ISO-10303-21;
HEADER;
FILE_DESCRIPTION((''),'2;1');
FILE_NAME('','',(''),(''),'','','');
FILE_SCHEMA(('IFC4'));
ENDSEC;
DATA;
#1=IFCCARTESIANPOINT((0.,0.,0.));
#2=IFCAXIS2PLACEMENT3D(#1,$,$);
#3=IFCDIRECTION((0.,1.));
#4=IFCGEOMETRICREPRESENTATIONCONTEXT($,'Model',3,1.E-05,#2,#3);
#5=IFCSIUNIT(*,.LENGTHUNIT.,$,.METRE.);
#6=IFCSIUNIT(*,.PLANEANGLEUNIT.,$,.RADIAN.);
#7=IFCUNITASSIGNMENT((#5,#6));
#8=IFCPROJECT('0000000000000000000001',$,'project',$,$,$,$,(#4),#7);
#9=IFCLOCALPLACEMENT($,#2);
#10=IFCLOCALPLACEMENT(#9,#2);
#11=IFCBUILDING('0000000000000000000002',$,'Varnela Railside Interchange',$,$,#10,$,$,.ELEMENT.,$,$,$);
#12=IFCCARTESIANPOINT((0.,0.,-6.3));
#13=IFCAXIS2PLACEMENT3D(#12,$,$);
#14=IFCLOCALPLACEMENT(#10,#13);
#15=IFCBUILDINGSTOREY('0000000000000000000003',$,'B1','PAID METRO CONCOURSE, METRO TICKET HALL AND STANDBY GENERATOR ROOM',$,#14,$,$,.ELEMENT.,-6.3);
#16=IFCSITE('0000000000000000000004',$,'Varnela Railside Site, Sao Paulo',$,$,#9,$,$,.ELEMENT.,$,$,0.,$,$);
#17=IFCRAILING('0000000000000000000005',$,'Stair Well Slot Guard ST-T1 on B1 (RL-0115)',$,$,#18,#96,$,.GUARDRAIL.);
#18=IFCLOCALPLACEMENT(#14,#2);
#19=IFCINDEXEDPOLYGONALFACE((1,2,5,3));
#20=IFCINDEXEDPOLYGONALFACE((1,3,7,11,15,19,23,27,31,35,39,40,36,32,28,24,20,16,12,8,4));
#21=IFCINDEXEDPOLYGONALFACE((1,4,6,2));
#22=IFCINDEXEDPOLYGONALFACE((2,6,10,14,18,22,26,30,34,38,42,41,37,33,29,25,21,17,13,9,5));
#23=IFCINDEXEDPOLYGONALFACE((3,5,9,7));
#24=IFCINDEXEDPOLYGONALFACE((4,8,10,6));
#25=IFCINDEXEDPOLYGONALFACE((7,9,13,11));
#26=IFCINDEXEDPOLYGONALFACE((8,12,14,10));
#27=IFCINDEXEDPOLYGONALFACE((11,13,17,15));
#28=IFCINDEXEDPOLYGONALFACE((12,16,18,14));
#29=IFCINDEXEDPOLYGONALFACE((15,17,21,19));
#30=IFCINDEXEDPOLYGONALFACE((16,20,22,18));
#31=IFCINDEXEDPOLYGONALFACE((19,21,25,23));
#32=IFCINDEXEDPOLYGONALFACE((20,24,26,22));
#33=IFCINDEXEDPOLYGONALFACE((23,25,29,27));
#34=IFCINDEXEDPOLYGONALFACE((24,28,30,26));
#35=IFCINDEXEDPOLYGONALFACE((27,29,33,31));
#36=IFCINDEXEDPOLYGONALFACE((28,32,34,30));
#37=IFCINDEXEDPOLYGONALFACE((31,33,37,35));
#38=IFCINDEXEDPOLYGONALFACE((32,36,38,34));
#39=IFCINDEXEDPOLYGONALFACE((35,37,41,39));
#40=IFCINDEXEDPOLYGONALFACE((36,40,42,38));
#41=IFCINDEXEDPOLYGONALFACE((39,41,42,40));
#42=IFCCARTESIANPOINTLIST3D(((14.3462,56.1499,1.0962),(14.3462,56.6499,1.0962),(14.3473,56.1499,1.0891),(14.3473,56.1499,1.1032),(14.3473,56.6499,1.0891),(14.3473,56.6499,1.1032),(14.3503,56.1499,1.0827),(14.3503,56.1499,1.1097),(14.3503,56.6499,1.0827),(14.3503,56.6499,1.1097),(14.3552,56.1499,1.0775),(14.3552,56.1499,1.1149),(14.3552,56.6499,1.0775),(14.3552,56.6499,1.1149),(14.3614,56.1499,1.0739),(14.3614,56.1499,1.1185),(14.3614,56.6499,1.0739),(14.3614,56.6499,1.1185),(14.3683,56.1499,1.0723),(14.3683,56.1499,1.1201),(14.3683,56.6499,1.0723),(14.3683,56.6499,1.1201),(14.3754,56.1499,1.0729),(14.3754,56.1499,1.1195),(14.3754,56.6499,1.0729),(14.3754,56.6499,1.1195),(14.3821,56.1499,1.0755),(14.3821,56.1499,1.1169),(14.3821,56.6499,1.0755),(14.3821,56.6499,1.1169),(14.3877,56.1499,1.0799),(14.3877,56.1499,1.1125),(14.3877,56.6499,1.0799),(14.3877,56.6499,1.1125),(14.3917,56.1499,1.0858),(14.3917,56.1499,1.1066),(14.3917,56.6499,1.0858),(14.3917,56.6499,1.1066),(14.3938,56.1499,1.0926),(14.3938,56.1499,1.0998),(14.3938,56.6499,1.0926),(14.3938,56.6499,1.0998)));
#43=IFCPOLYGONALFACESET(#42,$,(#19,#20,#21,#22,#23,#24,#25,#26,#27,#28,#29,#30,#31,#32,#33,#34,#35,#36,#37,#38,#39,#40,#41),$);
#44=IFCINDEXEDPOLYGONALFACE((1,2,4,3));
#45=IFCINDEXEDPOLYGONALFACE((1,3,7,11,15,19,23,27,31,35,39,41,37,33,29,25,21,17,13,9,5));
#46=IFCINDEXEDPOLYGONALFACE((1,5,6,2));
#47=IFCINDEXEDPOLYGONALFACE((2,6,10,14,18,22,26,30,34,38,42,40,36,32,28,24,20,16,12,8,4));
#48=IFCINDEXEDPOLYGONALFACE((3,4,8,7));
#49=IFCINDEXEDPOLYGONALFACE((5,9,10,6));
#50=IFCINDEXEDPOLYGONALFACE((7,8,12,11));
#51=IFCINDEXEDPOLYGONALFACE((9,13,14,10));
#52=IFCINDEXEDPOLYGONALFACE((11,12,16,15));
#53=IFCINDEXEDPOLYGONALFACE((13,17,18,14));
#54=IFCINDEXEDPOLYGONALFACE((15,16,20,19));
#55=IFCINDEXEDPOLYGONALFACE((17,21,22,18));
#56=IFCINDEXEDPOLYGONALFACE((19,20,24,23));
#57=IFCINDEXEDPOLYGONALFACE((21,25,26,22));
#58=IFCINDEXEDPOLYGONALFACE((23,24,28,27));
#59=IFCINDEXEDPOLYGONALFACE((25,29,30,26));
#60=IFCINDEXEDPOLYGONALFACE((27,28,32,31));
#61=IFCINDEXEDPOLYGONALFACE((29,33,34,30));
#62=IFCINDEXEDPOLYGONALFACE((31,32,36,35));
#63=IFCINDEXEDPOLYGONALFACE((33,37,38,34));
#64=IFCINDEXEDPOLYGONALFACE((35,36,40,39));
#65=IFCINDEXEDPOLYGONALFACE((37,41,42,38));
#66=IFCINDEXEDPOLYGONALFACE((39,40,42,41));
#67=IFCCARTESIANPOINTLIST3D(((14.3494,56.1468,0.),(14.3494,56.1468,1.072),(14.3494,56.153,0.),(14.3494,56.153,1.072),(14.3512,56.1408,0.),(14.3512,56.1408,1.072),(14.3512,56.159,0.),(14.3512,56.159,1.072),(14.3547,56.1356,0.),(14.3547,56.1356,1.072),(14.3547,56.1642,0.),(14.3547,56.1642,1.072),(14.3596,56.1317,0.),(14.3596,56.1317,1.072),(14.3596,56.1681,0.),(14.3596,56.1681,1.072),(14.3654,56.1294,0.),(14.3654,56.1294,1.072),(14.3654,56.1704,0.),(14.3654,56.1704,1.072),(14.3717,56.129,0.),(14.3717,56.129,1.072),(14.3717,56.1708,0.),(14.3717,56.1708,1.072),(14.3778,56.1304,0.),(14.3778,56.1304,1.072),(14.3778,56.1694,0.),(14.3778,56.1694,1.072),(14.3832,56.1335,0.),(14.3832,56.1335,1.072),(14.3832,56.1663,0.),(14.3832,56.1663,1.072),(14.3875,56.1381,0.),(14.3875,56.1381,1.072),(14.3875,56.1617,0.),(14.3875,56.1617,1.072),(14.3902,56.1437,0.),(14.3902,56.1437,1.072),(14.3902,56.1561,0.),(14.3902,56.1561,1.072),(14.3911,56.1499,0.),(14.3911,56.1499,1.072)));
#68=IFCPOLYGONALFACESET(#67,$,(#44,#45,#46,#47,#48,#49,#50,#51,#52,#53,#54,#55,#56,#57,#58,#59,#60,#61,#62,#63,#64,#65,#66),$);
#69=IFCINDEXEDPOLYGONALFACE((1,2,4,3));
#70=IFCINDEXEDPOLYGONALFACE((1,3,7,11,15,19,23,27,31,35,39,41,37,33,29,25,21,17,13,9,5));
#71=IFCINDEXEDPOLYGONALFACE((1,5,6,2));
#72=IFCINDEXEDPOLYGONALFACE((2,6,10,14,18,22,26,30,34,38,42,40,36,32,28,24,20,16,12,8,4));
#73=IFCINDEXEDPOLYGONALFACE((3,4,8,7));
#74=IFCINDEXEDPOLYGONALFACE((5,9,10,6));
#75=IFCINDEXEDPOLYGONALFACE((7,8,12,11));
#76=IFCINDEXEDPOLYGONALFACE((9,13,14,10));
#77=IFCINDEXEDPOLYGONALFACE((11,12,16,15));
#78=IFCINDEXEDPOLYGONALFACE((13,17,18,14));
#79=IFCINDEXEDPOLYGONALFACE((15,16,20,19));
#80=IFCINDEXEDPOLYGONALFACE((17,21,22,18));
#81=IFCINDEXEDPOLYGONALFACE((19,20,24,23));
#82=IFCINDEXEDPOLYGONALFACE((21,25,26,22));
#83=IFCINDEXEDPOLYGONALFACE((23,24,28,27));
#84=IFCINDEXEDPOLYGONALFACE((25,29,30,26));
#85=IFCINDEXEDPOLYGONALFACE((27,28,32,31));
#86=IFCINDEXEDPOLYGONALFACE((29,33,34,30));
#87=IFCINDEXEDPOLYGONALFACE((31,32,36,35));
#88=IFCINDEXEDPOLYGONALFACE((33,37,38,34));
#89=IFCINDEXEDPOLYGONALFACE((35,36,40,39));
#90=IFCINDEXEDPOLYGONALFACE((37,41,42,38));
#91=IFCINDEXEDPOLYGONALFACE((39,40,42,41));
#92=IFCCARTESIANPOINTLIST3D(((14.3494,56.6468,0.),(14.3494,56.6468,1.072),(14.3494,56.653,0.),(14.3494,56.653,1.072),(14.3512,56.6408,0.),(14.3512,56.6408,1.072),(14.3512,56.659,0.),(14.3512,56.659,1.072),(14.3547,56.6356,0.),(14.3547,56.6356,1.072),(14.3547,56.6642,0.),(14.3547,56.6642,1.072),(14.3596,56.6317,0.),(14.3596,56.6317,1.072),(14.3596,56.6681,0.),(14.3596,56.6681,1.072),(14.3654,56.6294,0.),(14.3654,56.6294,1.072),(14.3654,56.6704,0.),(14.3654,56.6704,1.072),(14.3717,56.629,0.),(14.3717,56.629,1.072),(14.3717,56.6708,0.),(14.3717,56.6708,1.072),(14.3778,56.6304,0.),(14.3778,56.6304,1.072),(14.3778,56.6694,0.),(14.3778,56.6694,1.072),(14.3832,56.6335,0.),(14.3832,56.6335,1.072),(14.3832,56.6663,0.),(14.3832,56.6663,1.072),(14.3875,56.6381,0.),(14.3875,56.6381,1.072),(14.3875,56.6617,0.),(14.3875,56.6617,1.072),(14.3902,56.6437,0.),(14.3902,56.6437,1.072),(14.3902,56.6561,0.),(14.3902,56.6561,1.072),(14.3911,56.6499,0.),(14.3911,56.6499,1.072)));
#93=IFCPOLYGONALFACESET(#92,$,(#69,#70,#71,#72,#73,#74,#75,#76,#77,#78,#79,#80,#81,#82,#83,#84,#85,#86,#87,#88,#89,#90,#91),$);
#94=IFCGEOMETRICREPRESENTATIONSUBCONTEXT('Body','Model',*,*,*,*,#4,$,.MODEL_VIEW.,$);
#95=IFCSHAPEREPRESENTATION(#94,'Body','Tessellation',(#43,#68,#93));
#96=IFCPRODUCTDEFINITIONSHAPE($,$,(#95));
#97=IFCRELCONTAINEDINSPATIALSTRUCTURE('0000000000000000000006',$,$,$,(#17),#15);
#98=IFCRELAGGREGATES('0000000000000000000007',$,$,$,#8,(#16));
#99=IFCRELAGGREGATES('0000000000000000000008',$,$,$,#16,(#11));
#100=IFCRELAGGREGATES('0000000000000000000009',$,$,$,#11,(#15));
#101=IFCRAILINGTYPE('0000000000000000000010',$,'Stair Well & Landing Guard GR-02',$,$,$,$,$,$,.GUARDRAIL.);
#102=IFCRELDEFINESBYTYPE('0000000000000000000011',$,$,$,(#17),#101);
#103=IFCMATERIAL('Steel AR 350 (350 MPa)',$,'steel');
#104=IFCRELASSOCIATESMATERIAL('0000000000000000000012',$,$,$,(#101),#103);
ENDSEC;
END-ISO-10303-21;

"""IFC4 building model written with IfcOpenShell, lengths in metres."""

from ifc_helpers import new_model, si_unit, direction, frame, origin, origin_2d, place, context, subcontext, project, spatial, circle, extrude, material, type_object, element, save


model = new_model("IFC4")

# Units and contexts
model_context = context("Model", 3, precision=1e-05, world=origin(), true_north=direction((0.0, 1.0)))
body_context = subcontext(model_context, "Body", "Model", "MODEL_VIEW")
ifc_project = project(units=[si_unit("LENGTHUNIT", "METRE"), si_unit("PLANEANGLEUNIT", "RADIAN")], contexts=[model_context])

# Site, building, storey
site_placement = place(None, origin())
site = spatial("IfcSite", under=ifc_project, at=site_placement, Name="Varnela Railside Site, Sao Paulo", CompositionType="ELEMENT", RefElevation=0.0)
building_placement = place(site_placement, origin())
building = spatial("IfcBuilding", under=site, at=building_placement, Name="Varnela Railside Interchange", CompositionType="ELEMENT")
storey_placement = place(building_placement, frame((0.0, 0.0, -6.3)))
storey = spatial("IfcBuildingStorey", under=building, at=storey_placement, Name="B1", Description="PAID METRO CONCOURSE, METRO TICKET HALL AND STANDBY GENERATOR ROOM", CompositionType="ELEMENT", Elevation=-6.3)

# Shared definitions
ifc_material_1 = material(Name="Steel AR 350 (350 MPa)", Category="steel")

# Railing
railing_type_1 = type_object("IfcRailingType", Name="Stair Well & Landing Guard GR-02", PredefinedType="GUARDRAIL", material=ifc_material_1)
railing_1_placement = place(storey_placement, frame((14.3701, 56.1499, 0.0)))
element("IfcRailing", 1, at=railing_1_placement, inside=storey, type_object=railing_type_1, Name="Stair Well Slot Guard ST-T1 on B1 (RL-0115)", PredefinedType="GUARDRAIL", context=body_context, shape_type="SweptSolid", body=[
    extrude(circle(Radius=0.0239, at=origin_2d()), frame((0.0, 0.0, 1.0962), z_axis=(0.0, 1.0, 0.0), x_axis=(-1.0, 0.0, 0.0)), (0.0, 0.0, 1.0), 0.5),
    extrude(circle(Radius=0.021, at=origin_2d()), origin(), (0.0, 0.0, 1.0), 1.072),
    extrude(circle(Radius=0.021, at=origin_2d()), frame((0.0, 0.5, 0.0)), (0.0, 0.0, 1.0), 1.072),
])

save(model, "model.ifc")
